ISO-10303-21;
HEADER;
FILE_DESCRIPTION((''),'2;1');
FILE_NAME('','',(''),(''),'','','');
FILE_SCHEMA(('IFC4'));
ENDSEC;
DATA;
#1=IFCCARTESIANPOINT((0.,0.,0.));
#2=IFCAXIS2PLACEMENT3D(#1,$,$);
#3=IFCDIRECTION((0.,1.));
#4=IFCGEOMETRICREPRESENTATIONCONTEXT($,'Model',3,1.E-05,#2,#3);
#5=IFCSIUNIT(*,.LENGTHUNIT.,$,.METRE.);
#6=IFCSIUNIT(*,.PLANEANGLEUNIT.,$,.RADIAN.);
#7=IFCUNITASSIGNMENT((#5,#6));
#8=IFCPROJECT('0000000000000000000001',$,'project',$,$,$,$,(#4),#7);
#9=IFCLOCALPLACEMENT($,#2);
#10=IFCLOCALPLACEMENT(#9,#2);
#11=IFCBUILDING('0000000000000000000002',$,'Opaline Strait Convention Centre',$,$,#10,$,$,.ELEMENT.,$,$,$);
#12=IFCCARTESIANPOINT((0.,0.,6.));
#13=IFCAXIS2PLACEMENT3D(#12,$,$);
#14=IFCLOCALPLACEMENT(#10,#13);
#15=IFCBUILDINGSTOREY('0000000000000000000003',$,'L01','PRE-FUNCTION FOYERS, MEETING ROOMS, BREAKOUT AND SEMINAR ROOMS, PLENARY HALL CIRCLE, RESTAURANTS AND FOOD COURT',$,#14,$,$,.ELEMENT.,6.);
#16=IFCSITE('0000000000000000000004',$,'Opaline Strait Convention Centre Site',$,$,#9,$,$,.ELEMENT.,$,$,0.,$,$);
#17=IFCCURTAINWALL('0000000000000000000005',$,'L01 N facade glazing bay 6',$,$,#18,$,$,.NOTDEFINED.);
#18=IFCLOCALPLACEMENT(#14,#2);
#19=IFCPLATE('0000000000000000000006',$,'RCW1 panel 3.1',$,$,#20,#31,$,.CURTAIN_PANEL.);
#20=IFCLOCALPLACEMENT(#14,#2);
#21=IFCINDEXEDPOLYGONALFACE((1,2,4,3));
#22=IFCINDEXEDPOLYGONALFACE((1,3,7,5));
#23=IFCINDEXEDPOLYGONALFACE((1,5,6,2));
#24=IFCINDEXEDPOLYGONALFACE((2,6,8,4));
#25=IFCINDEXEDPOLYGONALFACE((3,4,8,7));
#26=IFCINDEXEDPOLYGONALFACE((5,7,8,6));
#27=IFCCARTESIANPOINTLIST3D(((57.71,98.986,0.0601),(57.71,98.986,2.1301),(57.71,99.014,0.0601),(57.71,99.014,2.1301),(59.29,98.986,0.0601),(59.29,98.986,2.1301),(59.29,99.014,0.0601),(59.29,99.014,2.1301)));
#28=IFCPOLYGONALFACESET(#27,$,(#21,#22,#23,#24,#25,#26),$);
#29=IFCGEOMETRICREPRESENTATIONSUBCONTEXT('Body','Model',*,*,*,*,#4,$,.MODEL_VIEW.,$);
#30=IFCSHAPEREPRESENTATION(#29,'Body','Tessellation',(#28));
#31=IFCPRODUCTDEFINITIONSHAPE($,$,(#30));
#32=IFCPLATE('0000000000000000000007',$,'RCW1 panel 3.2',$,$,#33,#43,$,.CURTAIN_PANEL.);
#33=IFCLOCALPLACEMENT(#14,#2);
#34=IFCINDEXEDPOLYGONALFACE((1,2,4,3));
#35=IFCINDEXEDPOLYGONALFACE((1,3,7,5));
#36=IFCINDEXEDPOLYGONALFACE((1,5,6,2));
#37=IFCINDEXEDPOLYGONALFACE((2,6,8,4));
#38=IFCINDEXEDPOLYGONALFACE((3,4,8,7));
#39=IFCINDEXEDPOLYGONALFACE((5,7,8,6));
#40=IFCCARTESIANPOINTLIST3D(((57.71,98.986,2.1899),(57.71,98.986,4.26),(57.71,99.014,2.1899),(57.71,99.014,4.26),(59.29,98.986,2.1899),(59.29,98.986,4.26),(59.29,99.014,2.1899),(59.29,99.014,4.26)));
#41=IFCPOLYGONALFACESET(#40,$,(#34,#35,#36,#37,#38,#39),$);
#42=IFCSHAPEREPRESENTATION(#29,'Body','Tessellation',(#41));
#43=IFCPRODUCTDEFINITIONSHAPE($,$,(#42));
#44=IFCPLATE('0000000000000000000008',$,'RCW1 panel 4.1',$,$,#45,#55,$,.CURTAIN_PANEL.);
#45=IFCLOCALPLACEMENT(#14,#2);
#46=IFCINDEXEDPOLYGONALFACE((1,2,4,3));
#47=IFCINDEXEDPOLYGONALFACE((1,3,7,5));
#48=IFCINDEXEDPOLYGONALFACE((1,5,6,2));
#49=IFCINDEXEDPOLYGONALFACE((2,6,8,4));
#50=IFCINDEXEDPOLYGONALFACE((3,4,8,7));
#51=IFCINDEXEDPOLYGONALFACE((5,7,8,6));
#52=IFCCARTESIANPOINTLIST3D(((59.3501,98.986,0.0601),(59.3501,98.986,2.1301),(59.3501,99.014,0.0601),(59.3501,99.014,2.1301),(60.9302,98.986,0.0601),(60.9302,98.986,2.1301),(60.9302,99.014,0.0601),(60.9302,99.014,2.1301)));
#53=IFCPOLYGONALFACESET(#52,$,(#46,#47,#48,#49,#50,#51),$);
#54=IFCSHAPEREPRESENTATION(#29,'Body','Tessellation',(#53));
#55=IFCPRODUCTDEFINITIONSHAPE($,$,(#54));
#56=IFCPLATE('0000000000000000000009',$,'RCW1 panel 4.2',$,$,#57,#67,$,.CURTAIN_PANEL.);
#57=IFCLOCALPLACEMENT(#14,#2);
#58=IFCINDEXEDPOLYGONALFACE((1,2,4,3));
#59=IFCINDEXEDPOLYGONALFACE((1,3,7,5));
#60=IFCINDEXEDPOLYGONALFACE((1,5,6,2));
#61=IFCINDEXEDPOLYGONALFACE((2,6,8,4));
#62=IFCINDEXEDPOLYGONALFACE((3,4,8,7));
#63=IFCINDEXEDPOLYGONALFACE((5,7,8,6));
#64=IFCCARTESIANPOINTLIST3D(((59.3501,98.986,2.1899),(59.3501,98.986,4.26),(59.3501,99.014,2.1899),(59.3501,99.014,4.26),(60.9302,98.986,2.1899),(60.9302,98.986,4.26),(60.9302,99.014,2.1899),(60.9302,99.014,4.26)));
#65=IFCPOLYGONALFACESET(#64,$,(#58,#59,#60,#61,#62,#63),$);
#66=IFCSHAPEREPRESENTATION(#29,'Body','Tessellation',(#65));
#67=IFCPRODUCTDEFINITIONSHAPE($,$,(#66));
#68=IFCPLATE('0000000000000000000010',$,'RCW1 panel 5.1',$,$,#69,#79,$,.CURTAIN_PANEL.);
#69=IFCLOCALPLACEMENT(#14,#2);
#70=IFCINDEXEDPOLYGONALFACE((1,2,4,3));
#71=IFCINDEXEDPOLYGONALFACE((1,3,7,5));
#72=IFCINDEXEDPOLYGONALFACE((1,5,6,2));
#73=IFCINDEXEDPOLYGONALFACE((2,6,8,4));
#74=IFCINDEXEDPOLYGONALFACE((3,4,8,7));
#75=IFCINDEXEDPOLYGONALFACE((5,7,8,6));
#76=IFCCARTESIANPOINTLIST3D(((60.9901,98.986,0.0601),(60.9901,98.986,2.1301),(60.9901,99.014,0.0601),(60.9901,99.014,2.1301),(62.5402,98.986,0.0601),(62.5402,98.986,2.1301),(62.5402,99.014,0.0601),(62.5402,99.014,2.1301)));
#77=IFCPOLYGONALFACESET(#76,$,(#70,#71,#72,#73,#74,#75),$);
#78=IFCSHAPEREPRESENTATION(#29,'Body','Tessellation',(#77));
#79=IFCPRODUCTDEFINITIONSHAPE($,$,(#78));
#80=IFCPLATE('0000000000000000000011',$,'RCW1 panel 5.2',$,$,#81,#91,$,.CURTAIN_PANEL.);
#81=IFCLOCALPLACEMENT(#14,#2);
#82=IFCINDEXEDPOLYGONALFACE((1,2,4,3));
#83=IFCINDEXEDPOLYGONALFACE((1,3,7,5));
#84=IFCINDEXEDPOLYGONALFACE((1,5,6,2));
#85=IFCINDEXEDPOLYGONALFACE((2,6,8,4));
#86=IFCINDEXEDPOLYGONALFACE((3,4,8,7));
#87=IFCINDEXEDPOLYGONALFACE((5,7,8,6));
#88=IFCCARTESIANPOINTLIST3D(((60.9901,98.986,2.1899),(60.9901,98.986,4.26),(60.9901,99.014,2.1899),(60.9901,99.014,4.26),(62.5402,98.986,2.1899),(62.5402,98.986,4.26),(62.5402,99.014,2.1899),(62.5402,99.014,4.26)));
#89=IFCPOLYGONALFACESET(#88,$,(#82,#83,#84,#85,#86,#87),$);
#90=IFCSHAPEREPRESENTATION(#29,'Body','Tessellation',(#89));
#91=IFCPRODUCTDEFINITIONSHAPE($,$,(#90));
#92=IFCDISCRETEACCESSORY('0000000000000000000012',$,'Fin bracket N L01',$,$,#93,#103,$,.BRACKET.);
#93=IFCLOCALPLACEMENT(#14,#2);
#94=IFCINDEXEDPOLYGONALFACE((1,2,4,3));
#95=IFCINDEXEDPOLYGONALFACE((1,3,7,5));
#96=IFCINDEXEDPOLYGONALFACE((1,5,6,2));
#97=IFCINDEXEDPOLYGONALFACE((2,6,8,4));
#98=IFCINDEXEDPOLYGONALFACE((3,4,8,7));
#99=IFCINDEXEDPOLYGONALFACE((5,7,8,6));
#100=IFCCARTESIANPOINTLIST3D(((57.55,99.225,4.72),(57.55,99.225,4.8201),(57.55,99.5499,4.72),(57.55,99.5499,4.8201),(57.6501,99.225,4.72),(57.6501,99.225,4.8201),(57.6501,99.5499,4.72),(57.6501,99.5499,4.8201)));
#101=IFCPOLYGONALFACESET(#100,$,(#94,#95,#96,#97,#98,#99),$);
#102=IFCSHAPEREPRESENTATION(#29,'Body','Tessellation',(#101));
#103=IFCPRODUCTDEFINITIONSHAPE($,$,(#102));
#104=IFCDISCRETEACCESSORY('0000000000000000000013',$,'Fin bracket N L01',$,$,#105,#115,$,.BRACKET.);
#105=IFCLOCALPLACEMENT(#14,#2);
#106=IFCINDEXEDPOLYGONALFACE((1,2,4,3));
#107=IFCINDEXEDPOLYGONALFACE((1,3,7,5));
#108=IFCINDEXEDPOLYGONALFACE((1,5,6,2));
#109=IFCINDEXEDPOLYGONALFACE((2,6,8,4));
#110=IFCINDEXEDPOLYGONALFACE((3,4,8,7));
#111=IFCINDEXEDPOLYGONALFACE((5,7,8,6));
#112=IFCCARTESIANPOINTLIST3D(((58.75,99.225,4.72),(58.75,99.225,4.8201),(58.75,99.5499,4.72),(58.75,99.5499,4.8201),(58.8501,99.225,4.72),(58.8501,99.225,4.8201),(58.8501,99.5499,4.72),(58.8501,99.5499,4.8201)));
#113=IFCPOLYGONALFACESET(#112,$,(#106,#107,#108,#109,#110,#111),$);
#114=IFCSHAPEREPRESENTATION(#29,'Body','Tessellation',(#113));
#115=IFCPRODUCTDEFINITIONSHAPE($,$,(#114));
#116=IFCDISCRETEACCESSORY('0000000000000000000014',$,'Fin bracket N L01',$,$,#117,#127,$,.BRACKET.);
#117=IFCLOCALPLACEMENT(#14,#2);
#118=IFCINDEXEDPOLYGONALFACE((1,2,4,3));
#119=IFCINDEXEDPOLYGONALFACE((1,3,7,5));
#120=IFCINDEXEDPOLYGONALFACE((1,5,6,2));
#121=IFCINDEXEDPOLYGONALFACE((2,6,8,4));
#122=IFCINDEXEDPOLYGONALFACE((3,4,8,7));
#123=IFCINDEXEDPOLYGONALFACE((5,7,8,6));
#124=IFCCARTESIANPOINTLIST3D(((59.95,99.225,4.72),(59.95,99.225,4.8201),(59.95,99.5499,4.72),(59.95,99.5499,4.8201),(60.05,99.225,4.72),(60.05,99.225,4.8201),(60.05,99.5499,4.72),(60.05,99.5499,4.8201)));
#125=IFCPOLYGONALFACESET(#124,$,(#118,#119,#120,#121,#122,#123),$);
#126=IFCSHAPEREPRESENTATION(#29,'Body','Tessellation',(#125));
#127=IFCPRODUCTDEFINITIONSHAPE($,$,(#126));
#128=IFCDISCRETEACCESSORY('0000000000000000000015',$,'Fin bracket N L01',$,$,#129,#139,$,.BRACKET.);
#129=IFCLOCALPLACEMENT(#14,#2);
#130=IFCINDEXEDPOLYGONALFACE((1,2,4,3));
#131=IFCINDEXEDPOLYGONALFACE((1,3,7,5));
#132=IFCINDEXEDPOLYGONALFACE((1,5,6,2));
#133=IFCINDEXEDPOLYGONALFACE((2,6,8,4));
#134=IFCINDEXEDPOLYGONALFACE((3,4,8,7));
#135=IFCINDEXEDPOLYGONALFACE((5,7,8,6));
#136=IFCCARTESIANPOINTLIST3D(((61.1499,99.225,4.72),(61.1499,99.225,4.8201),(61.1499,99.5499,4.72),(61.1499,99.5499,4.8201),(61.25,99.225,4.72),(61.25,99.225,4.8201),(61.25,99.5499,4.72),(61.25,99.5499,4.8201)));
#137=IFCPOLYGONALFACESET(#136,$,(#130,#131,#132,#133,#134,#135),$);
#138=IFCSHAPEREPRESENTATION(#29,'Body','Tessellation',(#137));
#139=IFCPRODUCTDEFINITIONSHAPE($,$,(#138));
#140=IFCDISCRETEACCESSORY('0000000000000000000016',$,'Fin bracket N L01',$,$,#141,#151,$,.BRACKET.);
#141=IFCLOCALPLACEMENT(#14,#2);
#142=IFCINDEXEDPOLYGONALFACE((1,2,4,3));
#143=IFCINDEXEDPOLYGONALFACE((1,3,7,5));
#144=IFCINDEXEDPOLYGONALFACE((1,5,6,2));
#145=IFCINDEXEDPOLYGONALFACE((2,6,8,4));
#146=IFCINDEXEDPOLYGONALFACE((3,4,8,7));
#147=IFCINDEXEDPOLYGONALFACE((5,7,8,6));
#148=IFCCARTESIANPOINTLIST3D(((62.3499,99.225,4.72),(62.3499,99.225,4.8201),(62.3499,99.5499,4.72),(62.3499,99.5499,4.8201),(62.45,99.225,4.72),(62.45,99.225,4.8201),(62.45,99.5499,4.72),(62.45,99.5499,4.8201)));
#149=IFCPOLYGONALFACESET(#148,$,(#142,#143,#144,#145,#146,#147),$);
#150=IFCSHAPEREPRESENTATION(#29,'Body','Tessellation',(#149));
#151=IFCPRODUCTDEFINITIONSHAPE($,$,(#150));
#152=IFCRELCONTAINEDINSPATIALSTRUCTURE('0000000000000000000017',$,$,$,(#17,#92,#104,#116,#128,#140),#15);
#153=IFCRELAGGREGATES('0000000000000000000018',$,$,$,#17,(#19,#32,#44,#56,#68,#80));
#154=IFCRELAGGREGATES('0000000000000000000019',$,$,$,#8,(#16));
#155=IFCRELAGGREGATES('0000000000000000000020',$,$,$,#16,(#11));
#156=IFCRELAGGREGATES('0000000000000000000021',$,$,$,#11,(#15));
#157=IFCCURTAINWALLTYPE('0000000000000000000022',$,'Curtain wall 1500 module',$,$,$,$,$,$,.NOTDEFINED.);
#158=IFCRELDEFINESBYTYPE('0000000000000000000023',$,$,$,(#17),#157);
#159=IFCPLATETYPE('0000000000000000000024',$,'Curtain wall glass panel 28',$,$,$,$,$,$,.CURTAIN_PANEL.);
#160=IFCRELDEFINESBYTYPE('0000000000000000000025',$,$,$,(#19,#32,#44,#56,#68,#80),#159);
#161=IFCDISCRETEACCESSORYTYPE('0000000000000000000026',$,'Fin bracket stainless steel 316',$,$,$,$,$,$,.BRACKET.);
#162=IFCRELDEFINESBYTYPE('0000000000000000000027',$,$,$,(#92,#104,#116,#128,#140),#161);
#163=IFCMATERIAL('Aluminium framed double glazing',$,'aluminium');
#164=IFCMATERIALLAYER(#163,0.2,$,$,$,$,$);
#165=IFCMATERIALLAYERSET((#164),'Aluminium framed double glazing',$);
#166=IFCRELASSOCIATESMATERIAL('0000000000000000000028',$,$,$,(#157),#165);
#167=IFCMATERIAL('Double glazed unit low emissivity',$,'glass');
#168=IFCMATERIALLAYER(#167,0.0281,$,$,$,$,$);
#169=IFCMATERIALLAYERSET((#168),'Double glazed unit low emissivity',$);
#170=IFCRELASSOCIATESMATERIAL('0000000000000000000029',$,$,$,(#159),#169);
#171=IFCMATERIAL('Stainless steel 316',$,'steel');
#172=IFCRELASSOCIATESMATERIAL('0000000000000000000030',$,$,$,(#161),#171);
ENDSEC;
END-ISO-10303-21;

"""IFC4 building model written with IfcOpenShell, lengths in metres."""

from ifc_helpers import new_model, si_unit, direction, frame, origin, origin_2d, place, context, subcontext, project, spatial, rectangle, extrude, material, layer, layer_set, type_object, element, aggregate, save


model = new_model("IFC4")

# Units and contexts
model_context = context("Model", 3, precision=1e-05, world=origin(), true_north=direction((0.0, 1.0)))
body_context = subcontext(model_context, "Body", "Model", "MODEL_VIEW")
ifc_project = project(units=[si_unit("LENGTHUNIT", "METRE"), si_unit("PLANEANGLEUNIT", "RADIAN")], contexts=[model_context])

# Site, building, storey
site_placement = place(None, origin())
site = spatial("IfcSite", under=ifc_project, at=site_placement, Name="Opaline Strait Convention Centre Site", CompositionType="ELEMENT", RefElevation=0.0)
building_placement = place(site_placement, origin())
building = spatial("IfcBuilding", under=site, at=building_placement, Name="Opaline Strait Convention Centre", CompositionType="ELEMENT")
storey_placement = place(building_placement, frame((0.0, 0.0, 6.0)))
storey = spatial("IfcBuildingStorey", under=building, at=storey_placement, Name="L01", Description="PRE-FUNCTION FOYERS, MEETING ROOMS, BREAKOUT AND SEMINAR ROOMS, PLENARY HALL CIRCLE, RESTAURANTS AND FOOD COURT", CompositionType="ELEMENT", Elevation=6.0)

# Curtain wall, plates
ifc_material_1 = material(Name="Aluminium framed double glazing", Category="aluminium")
ifc_layer_1 = layer(ifc_material_1, 0.2)
ifc_layer_set_1 = layer_set([ifc_layer_1], Name="Aluminium framed double glazing")
curtain_wall_type = type_object("IfcCurtainWallType", Name="Curtain wall 1500 module", PredefinedType="NOTDEFINED", material=ifc_layer_set_1)
curtain_wall_placement = place(storey_placement, origin())
curtain_wall = element("IfcCurtainWall", 1, at=curtain_wall_placement, inside=storey, type_object=curtain_wall_type, Name="L01 N facade glazing bay 6", PredefinedType="NOTDEFINED")
ifc_material_2 = material(Name="Double glazed unit low emissivity", Category="glass")
ifc_layer_2 = layer(ifc_material_2, 0.0281)
ifc_layer_set_2 = layer_set([ifc_layer_2], Name="Double glazed unit low emissivity")
plate_type = type_object("IfcPlateType", Name="Curtain wall glass panel 28", PredefinedType="CURTAIN_PANEL", material=ifc_layer_set_2)
plate_1_placement = place(storey_placement, frame((58.5, 99.0, 0.0601), z_axis=(0.0, 0.0, 1.0), x_axis=(1.0, 0.0, 0.0)))
plate_1 = element("IfcPlate", 2, at=plate_1_placement, type_object=plate_type, Name="RCW1 panel 3.1", PredefinedType="CURTAIN_PANEL", context=body_context, shape_type="SweptSolid", body=[
    extrude(rectangle(XDim=1.5801, YDim=0.0281, at=origin_2d()), origin(), (0.0, 0.0, 1.0), 2.0701),
])
plate_2_placement = place(storey_placement, frame((58.5, 99.0, 2.1899), z_axis=(0.0, 0.0, 1.0), x_axis=(1.0, 0.0, 0.0)))
plate_2 = element("IfcPlate", 3, at=plate_2_placement, type_object=plate_type, Name="RCW1 panel 3.2", PredefinedType="CURTAIN_PANEL", context=body_context, shape_type="SweptSolid", body=[
    extrude(rectangle(XDim=1.5801, YDim=0.0281, at=origin_2d()), origin(), (0.0, 0.0, 1.0), 2.0701),
])
plate_3_placement = place(storey_placement, frame((60.1401, 99.0, 0.0601), z_axis=(0.0, 0.0, 1.0), x_axis=(1.0, 0.0, 0.0)))
plate_3 = element("IfcPlate", 4, at=plate_3_placement, type_object=plate_type, Name="RCW1 panel 4.1", PredefinedType="CURTAIN_PANEL", context=body_context, shape_type="SweptSolid", body=[
    extrude(rectangle(XDim=1.5801, YDim=0.0281, at=origin_2d()), origin(), (0.0, 0.0, 1.0), 2.0701),
])
plate_4_placement = place(storey_placement, frame((60.1401, 99.0, 2.1899), z_axis=(0.0, 0.0, 1.0), x_axis=(1.0, 0.0, 0.0)))
plate_4 = element("IfcPlate", 5, at=plate_4_placement, type_object=plate_type, Name="RCW1 panel 4.2", PredefinedType="CURTAIN_PANEL", context=body_context, shape_type="SweptSolid", body=[
    extrude(rectangle(XDim=1.5801, YDim=0.0281, at=origin_2d()), origin(), (0.0, 0.0, 1.0), 2.0701),
])
plate_5_placement = place(storey_placement, frame((61.7651, 99.0, 0.0601), z_axis=(0.0, 0.0, 1.0), x_axis=(1.0, 0.0, 0.0)))
plate_5 = element("IfcPlate", 6, at=plate_5_placement, type_object=plate_type, Name="RCW1 panel 5.1", PredefinedType="CURTAIN_PANEL", context=body_context, shape_type="SweptSolid", body=[
    extrude(rectangle(XDim=1.55, YDim=0.0281, at=origin_2d()), origin(), (0.0, 0.0, 1.0), 2.0701),
])
plate_6_placement = place(storey_placement, frame((61.7651, 99.0, 2.1899), z_axis=(0.0, 0.0, 1.0), x_axis=(1.0, 0.0, 0.0)))
plate_6 = element("IfcPlate", 7, at=plate_6_placement, type_object=plate_type, Name="RCW1 panel 5.2", PredefinedType="CURTAIN_PANEL", context=body_context, shape_type="SweptSolid", body=[
    extrude(rectangle(XDim=1.55, YDim=0.0281, at=origin_2d()), origin(), (0.0, 0.0, 1.0), 2.0701),
])
aggregate(curtain_wall, [plate_1, plate_2, plate_3, plate_4, plate_5, plate_6])

# Discrete accessories
ifc_material_3 = material(Name="Stainless steel 316", Category="steel")
discrete_accessory_type = type_object("IfcDiscreteAccessoryType", Name="Fin bracket stainless steel 316", PredefinedType="BRACKET", material=ifc_material_3)
for number, where, z_axis, x_axis, name in (
    (8, (57.6001, 99.3875, 4.72), (0.0, 0.0, 1.0), (1.0, 0.0, 0.0), "Fin bracket N L01"),
    (9, (58.8, 99.3875, 4.72), (0.0, 0.0, 1.0), (1.0, 0.0, 0.0), "Fin bracket N L01"),
    (10, (60.0, 99.3875, 4.72), (0.0, 0.0, 1.0), (1.0, 0.0, 0.0), "Fin bracket N L01"),
    (11, (61.2, 99.3875, 4.72), (0.0, 0.0, 1.0), (1.0, 0.0, 0.0), "Fin bracket N L01"),
    (12, (62.3999, 99.3875, 4.72), (0.0, 0.0, 1.0), (1.0, 0.0, 0.0), "Fin bracket N L01"),
):
    element("IfcDiscreteAccessory", number, at=place(storey_placement, frame(where, z_axis=z_axis, x_axis=x_axis)), inside=storey, type_object=discrete_accessory_type, Name=name, PredefinedType="BRACKET", context=body_context, shape_type="SweptSolid", body=[
        extrude(rectangle(XDim=0.1001, YDim=0.325, at=origin_2d()), origin(), (0.0, 0.0, 1.0), 0.1001),
    ])

save(model, "model.ifc")
